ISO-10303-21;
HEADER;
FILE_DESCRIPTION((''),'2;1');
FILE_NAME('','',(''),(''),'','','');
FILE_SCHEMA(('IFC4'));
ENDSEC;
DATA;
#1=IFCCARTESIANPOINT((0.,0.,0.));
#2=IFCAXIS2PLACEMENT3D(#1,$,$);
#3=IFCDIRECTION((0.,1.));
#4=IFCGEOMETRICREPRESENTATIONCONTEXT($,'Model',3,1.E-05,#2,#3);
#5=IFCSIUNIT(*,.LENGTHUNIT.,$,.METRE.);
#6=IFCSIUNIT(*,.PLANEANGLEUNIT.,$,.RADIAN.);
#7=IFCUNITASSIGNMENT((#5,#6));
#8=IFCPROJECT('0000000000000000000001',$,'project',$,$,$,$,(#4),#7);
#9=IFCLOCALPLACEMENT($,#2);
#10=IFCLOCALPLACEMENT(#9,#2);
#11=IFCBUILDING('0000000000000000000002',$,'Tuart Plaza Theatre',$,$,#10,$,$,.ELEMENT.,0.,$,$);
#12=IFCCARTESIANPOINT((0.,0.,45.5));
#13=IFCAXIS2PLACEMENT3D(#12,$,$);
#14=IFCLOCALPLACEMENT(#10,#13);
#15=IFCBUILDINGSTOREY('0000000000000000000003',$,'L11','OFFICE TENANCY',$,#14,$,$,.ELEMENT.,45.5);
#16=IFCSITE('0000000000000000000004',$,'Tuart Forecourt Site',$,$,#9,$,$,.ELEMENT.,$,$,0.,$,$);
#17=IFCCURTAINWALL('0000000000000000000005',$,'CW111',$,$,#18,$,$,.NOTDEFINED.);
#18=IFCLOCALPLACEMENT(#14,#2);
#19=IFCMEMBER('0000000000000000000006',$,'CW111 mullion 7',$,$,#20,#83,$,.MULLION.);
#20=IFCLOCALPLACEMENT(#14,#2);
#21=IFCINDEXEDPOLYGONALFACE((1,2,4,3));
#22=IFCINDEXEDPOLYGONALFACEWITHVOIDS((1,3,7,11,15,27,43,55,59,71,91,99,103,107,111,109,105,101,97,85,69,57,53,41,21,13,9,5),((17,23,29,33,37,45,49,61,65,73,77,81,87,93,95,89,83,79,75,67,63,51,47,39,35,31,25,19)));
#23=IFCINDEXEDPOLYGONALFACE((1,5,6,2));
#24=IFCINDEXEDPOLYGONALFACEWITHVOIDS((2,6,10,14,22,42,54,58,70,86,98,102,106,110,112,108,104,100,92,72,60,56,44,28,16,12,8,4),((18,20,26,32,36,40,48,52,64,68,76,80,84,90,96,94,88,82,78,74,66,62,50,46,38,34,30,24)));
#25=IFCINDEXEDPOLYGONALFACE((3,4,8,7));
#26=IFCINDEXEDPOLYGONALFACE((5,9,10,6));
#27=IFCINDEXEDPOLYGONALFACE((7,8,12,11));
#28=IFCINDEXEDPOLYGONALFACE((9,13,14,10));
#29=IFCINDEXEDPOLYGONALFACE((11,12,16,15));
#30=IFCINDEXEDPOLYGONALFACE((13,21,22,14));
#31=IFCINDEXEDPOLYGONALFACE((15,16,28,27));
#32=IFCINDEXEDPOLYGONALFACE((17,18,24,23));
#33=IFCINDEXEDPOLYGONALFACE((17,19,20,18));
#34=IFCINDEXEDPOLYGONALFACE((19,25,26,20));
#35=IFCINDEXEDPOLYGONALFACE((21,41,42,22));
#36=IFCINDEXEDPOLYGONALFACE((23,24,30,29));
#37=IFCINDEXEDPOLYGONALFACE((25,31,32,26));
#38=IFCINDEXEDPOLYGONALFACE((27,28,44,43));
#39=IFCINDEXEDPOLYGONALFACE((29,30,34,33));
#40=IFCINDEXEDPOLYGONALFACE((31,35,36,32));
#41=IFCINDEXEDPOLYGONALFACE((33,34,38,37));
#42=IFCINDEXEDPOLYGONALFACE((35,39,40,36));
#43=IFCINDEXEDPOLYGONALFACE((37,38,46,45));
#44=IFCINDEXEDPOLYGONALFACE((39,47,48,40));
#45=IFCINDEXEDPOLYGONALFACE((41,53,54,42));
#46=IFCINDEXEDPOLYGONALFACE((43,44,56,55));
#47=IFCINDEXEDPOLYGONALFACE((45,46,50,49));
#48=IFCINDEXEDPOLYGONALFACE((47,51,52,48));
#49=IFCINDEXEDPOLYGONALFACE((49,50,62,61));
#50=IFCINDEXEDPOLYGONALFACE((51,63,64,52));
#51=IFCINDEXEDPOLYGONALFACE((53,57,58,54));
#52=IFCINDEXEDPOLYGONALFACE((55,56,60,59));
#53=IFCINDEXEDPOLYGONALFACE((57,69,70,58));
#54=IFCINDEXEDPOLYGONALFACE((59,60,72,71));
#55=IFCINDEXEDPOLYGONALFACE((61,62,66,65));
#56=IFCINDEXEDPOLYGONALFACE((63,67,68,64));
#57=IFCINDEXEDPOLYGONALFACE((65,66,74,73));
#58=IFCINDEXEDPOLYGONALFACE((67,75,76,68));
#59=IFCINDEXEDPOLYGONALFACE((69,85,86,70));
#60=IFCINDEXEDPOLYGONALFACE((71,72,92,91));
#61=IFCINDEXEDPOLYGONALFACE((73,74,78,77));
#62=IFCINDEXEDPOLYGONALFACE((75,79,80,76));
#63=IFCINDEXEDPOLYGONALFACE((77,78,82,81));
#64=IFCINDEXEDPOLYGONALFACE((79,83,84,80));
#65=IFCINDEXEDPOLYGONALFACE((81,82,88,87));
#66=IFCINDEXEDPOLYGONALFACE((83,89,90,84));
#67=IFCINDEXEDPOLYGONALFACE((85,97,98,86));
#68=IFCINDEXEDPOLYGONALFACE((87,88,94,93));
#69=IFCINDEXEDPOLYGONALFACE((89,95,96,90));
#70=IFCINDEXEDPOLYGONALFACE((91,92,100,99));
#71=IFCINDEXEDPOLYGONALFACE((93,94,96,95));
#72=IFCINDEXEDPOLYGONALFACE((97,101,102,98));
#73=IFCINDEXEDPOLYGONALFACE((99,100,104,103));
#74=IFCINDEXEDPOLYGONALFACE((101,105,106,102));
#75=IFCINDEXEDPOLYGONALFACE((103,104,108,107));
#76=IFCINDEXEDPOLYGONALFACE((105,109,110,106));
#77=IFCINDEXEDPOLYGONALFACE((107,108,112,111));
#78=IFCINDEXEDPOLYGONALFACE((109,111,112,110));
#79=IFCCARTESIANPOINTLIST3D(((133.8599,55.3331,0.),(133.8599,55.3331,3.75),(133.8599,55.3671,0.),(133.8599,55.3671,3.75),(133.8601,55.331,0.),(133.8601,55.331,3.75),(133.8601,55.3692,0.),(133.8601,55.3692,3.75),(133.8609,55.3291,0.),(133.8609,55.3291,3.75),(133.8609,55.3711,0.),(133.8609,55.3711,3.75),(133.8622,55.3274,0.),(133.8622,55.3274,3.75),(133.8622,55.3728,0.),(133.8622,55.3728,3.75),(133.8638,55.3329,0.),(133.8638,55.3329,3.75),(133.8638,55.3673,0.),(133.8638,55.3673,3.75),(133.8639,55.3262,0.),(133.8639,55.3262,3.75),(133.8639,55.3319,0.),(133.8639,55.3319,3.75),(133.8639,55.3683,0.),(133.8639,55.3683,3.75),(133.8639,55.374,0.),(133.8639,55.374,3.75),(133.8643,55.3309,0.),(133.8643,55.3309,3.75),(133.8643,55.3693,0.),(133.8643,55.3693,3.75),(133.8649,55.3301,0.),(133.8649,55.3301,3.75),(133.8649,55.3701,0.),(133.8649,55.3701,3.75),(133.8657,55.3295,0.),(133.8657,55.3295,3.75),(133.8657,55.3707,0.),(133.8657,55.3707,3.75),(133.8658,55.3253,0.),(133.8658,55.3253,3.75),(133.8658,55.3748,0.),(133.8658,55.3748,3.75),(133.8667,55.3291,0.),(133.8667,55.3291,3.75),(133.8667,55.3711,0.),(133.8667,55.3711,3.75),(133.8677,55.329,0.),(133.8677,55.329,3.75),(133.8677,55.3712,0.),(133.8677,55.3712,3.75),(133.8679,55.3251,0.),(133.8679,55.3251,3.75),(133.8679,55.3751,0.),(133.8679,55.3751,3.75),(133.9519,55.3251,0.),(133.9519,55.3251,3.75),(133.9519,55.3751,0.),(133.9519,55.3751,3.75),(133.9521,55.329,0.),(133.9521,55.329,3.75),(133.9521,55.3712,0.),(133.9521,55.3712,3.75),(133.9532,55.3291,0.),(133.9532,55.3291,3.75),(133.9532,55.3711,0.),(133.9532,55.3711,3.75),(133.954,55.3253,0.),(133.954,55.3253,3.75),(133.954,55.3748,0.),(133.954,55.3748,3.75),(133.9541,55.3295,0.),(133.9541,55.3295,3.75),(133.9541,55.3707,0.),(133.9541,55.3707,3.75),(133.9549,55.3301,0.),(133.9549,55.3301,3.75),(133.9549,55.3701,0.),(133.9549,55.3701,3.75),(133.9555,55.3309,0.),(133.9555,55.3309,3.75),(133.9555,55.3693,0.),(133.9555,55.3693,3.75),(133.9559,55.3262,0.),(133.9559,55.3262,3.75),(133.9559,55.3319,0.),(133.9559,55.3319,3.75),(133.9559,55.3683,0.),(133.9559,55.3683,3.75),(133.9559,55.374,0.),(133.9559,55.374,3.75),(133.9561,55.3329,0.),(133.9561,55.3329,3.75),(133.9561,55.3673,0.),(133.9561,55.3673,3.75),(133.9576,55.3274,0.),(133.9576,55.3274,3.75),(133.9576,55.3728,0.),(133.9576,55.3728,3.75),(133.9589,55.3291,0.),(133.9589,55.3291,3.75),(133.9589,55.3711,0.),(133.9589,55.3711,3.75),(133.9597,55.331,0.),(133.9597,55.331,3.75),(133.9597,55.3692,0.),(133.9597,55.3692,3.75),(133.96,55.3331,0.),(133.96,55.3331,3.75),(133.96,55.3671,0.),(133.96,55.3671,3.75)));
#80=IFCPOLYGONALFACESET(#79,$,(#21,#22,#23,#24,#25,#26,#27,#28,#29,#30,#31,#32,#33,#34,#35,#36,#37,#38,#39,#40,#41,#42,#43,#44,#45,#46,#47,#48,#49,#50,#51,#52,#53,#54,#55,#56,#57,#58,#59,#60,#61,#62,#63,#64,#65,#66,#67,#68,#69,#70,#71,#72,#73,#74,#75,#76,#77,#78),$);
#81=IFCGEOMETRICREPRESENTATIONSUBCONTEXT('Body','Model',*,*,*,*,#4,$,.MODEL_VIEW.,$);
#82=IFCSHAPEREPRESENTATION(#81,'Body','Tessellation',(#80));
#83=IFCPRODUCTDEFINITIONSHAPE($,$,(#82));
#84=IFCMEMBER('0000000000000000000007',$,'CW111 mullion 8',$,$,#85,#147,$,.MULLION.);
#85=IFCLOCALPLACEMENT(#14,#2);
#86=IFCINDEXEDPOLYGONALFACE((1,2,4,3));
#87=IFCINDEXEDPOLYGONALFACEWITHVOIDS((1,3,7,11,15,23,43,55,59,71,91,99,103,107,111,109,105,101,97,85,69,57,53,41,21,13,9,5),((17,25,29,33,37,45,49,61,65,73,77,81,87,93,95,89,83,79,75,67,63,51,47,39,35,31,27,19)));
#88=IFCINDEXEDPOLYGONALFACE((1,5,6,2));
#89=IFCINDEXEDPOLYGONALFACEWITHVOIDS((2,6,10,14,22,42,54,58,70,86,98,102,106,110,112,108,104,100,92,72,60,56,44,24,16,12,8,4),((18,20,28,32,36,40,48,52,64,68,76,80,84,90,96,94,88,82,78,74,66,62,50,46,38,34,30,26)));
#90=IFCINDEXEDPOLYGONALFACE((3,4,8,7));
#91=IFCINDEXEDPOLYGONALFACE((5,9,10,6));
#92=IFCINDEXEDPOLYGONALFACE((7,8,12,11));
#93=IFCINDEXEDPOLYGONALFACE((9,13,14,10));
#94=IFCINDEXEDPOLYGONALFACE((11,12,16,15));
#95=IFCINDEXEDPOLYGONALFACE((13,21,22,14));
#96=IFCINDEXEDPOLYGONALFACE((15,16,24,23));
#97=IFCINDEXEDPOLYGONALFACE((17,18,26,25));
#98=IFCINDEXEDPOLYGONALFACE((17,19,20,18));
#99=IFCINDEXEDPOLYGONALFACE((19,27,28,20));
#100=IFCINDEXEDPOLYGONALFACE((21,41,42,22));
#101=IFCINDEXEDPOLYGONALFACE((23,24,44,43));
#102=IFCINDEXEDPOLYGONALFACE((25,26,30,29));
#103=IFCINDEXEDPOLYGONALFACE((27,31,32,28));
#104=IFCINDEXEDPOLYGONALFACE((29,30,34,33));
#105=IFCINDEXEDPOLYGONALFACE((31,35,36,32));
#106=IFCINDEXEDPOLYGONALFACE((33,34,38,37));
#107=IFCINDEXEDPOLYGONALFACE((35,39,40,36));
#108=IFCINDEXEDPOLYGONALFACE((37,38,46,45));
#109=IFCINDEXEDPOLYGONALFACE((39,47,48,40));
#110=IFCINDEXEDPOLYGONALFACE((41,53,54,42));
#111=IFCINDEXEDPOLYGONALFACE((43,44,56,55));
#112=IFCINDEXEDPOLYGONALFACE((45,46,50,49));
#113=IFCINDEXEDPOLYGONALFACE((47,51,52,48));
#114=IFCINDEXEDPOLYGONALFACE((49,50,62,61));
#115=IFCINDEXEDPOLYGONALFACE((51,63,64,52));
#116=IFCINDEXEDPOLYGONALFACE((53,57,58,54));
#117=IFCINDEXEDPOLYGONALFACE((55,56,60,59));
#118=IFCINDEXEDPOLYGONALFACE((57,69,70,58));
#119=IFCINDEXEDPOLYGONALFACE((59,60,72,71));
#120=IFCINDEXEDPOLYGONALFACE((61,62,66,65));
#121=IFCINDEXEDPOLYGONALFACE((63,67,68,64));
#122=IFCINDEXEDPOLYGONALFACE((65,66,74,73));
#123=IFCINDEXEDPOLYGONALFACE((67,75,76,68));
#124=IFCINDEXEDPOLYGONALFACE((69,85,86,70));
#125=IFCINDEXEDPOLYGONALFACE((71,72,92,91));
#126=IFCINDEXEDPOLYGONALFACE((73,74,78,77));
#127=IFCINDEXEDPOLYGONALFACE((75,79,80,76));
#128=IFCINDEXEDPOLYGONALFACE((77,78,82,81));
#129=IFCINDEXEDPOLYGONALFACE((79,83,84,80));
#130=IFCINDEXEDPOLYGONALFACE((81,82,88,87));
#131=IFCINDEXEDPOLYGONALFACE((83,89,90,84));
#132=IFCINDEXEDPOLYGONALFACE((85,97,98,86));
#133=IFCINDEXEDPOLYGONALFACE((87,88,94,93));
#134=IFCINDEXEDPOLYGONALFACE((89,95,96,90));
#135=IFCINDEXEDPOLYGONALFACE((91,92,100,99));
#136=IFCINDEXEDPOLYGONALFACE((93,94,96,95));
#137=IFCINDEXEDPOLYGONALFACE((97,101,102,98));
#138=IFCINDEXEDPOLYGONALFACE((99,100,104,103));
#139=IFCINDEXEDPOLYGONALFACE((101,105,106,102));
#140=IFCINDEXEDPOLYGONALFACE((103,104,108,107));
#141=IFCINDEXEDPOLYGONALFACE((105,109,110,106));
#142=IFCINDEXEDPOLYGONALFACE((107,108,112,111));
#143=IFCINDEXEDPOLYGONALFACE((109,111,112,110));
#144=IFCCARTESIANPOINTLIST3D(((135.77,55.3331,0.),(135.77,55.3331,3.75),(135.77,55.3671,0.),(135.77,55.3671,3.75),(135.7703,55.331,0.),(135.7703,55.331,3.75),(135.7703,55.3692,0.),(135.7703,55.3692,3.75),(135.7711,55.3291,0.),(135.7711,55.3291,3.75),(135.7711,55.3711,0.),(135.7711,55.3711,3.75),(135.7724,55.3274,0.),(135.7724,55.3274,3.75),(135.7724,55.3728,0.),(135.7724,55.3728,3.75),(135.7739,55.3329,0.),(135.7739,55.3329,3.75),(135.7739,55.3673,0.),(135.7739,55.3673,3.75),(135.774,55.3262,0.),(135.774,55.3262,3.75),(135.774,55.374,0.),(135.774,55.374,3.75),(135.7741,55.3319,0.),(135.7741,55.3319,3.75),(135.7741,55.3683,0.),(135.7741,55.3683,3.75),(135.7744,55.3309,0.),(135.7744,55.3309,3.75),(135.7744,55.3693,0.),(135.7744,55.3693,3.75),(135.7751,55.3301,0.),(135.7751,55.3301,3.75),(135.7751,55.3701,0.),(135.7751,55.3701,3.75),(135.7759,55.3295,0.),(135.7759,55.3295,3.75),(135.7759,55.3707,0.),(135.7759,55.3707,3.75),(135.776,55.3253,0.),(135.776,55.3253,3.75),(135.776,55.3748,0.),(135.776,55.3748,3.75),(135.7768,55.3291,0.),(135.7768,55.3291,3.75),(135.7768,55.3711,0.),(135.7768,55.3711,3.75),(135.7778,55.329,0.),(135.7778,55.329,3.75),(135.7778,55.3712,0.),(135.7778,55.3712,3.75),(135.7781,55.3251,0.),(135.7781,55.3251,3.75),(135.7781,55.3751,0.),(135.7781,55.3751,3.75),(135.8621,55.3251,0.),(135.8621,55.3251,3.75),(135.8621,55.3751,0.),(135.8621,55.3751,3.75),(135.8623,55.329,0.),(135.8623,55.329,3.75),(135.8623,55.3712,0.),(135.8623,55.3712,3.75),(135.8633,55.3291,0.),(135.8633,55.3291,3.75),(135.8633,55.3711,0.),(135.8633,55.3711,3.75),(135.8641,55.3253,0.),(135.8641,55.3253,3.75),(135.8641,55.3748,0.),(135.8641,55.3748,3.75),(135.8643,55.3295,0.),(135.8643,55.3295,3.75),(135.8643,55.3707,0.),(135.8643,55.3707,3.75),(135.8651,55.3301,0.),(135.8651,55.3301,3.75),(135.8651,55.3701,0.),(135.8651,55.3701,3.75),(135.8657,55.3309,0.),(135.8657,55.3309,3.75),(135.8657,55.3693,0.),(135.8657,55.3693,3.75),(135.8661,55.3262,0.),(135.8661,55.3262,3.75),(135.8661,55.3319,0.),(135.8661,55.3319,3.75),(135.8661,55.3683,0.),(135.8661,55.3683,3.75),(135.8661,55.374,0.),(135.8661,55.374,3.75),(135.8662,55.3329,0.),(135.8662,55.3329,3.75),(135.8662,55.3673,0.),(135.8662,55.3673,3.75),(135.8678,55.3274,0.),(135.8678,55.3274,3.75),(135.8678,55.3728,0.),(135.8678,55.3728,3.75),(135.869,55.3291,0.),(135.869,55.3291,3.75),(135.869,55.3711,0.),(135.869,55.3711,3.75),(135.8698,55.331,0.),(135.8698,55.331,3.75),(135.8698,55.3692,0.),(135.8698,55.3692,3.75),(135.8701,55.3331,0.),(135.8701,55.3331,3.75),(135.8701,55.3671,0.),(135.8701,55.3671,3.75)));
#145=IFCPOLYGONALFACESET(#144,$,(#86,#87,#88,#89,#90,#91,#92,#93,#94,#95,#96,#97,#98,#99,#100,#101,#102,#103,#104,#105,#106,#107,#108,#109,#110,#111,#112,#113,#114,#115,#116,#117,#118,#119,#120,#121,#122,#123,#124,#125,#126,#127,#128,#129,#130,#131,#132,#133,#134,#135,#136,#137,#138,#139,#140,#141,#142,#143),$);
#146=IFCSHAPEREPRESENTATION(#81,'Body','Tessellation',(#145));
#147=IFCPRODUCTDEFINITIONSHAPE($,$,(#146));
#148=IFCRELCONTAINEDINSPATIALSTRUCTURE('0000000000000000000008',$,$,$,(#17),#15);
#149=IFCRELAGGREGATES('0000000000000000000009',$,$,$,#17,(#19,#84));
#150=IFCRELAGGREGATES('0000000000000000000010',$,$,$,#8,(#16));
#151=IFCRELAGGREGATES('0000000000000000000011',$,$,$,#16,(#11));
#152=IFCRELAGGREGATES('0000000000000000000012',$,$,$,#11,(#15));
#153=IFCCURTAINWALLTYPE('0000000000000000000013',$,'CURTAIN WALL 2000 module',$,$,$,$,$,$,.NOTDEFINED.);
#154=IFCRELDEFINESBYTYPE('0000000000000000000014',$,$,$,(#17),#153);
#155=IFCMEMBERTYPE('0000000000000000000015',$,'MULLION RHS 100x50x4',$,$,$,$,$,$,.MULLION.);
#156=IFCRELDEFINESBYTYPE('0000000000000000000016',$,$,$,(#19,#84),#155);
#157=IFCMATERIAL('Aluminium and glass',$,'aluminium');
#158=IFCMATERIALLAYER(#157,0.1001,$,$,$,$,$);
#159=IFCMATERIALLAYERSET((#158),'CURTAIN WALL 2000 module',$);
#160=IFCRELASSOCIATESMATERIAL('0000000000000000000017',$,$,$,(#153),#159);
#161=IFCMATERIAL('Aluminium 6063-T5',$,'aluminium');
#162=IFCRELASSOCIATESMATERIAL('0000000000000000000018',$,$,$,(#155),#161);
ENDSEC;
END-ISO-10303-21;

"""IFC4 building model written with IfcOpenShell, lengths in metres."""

from ifc_helpers import new_model, si_unit, direction, frame, origin, origin_2d, place, context, subcontext, project, spatial, hollow_rectangle, extrude, material, layer, layer_set, material_profile, profile_set, type_object, element, aggregate, save


model = new_model("IFC4")

# Units and contexts
model_context = context("Model", 3, precision=1e-05, world=origin(), true_north=direction((0.0, 1.0)))
body_context = subcontext(model_context, "Body", "Model", "MODEL_VIEW")
ifc_project = project(units=[si_unit("LENGTHUNIT", "METRE"), si_unit("PLANEANGLEUNIT", "RADIAN")], contexts=[model_context])

# Site, building, storey
site_placement = place(None, origin())
site = spatial("IfcSite", under=ifc_project, at=site_placement, Name="Tuart Forecourt Site", CompositionType="ELEMENT", RefElevation=0.0)
building_placement = place(site_placement, origin())
building = spatial("IfcBuilding", under=site, at=building_placement, Name="Tuart Plaza Theatre", CompositionType="ELEMENT", ElevationOfRefHeight=0.0)
storey_placement = place(building_placement, frame((0.0, 0.0, 45.5)))
storey = spatial("IfcBuildingStorey", under=building, at=storey_placement, Name="L11", Description="OFFICE TENANCY", CompositionType="ELEMENT", Elevation=45.5)

# Shared definitions
ifc_material_1 = material(Name="Aluminium and glass", Category="aluminium")
ifc_layer_1 = layer(ifc_material_1, 0.1001)
ifc_layer_set_1 = layer_set([ifc_layer_1], Name="CURTAIN WALL 2000 module")
curtain_wall_type = type_object("IfcCurtainWallType", Name="CURTAIN WALL 2000 module", PredefinedType="NOTDEFINED", material=ifc_layer_set_1)
ifc_material_2 = material(Name="Aluminium 6063-T5", Category="aluminium")
ifc_material_profile_1 = material_profile(ifc_material_2, hollow_rectangle(XDim=0.05, YDim=0.1001, WallThickness=0.0039, InnerFilletRadius=0.0039, OuterFilletRadius=0.0081, at=origin_2d()), Name="RHS 100x50x4")
ifc_profile_set_1 = profile_set([ifc_material_profile_1], Name="Aluminium 6063-T5")
member_type_1 = type_object("IfcMemberType", Name="MULLION RHS 100x50x4", PredefinedType="MULLION", material=ifc_profile_set_1)

# Curtain wall, members
curtain_wall_1_placement = place(storey_placement, origin())
curtain_wall_1 = element("IfcCurtainWall", 1, at=curtain_wall_1_placement, inside=storey, type_object=curtain_wall_type, Name="CW111", PredefinedType="NOTDEFINED")
member_1_placement = place(storey_placement, frame((133.9099, 55.3501, 0.0), z_axis=(0.0, 0.0, 1.0), x_axis=(0.0, 1.0, 0.0)))
member_1 = element("IfcMember", 2, at=member_1_placement, type_object=member_type_1, Name="CW111 mullion 7", PredefinedType="MULLION", context=body_context, shape_type="SweptSolid", body=[
    extrude(hollow_rectangle(XDim=0.05, YDim=0.1001, WallThickness=0.0039, InnerFilletRadius=0.0039, OuterFilletRadius=0.0081, at=origin_2d()), origin(), (0.0, 0.0, 1.0), 3.75),
])
member_2_placement = place(storey_placement, frame((135.8201, 55.3501, 0.0), z_axis=(0.0, 0.0, 1.0), x_axis=(0.0, 1.0, 0.0)))
member_2 = element("IfcMember", 3, at=member_2_placement, type_object=member_type_1, Name="CW111 mullion 8", PredefinedType="MULLION", context=body_context, shape_type="SweptSolid", body=[
    extrude(hollow_rectangle(XDim=0.05, YDim=0.1001, WallThickness=0.0039, InnerFilletRadius=0.0039, OuterFilletRadius=0.0081, at=origin_2d()), origin(), (0.0, 0.0, 1.0), 3.75),
])

aggregate(curtain_wall_1, [member_1, member_2])

save(model, "model.ifc")
